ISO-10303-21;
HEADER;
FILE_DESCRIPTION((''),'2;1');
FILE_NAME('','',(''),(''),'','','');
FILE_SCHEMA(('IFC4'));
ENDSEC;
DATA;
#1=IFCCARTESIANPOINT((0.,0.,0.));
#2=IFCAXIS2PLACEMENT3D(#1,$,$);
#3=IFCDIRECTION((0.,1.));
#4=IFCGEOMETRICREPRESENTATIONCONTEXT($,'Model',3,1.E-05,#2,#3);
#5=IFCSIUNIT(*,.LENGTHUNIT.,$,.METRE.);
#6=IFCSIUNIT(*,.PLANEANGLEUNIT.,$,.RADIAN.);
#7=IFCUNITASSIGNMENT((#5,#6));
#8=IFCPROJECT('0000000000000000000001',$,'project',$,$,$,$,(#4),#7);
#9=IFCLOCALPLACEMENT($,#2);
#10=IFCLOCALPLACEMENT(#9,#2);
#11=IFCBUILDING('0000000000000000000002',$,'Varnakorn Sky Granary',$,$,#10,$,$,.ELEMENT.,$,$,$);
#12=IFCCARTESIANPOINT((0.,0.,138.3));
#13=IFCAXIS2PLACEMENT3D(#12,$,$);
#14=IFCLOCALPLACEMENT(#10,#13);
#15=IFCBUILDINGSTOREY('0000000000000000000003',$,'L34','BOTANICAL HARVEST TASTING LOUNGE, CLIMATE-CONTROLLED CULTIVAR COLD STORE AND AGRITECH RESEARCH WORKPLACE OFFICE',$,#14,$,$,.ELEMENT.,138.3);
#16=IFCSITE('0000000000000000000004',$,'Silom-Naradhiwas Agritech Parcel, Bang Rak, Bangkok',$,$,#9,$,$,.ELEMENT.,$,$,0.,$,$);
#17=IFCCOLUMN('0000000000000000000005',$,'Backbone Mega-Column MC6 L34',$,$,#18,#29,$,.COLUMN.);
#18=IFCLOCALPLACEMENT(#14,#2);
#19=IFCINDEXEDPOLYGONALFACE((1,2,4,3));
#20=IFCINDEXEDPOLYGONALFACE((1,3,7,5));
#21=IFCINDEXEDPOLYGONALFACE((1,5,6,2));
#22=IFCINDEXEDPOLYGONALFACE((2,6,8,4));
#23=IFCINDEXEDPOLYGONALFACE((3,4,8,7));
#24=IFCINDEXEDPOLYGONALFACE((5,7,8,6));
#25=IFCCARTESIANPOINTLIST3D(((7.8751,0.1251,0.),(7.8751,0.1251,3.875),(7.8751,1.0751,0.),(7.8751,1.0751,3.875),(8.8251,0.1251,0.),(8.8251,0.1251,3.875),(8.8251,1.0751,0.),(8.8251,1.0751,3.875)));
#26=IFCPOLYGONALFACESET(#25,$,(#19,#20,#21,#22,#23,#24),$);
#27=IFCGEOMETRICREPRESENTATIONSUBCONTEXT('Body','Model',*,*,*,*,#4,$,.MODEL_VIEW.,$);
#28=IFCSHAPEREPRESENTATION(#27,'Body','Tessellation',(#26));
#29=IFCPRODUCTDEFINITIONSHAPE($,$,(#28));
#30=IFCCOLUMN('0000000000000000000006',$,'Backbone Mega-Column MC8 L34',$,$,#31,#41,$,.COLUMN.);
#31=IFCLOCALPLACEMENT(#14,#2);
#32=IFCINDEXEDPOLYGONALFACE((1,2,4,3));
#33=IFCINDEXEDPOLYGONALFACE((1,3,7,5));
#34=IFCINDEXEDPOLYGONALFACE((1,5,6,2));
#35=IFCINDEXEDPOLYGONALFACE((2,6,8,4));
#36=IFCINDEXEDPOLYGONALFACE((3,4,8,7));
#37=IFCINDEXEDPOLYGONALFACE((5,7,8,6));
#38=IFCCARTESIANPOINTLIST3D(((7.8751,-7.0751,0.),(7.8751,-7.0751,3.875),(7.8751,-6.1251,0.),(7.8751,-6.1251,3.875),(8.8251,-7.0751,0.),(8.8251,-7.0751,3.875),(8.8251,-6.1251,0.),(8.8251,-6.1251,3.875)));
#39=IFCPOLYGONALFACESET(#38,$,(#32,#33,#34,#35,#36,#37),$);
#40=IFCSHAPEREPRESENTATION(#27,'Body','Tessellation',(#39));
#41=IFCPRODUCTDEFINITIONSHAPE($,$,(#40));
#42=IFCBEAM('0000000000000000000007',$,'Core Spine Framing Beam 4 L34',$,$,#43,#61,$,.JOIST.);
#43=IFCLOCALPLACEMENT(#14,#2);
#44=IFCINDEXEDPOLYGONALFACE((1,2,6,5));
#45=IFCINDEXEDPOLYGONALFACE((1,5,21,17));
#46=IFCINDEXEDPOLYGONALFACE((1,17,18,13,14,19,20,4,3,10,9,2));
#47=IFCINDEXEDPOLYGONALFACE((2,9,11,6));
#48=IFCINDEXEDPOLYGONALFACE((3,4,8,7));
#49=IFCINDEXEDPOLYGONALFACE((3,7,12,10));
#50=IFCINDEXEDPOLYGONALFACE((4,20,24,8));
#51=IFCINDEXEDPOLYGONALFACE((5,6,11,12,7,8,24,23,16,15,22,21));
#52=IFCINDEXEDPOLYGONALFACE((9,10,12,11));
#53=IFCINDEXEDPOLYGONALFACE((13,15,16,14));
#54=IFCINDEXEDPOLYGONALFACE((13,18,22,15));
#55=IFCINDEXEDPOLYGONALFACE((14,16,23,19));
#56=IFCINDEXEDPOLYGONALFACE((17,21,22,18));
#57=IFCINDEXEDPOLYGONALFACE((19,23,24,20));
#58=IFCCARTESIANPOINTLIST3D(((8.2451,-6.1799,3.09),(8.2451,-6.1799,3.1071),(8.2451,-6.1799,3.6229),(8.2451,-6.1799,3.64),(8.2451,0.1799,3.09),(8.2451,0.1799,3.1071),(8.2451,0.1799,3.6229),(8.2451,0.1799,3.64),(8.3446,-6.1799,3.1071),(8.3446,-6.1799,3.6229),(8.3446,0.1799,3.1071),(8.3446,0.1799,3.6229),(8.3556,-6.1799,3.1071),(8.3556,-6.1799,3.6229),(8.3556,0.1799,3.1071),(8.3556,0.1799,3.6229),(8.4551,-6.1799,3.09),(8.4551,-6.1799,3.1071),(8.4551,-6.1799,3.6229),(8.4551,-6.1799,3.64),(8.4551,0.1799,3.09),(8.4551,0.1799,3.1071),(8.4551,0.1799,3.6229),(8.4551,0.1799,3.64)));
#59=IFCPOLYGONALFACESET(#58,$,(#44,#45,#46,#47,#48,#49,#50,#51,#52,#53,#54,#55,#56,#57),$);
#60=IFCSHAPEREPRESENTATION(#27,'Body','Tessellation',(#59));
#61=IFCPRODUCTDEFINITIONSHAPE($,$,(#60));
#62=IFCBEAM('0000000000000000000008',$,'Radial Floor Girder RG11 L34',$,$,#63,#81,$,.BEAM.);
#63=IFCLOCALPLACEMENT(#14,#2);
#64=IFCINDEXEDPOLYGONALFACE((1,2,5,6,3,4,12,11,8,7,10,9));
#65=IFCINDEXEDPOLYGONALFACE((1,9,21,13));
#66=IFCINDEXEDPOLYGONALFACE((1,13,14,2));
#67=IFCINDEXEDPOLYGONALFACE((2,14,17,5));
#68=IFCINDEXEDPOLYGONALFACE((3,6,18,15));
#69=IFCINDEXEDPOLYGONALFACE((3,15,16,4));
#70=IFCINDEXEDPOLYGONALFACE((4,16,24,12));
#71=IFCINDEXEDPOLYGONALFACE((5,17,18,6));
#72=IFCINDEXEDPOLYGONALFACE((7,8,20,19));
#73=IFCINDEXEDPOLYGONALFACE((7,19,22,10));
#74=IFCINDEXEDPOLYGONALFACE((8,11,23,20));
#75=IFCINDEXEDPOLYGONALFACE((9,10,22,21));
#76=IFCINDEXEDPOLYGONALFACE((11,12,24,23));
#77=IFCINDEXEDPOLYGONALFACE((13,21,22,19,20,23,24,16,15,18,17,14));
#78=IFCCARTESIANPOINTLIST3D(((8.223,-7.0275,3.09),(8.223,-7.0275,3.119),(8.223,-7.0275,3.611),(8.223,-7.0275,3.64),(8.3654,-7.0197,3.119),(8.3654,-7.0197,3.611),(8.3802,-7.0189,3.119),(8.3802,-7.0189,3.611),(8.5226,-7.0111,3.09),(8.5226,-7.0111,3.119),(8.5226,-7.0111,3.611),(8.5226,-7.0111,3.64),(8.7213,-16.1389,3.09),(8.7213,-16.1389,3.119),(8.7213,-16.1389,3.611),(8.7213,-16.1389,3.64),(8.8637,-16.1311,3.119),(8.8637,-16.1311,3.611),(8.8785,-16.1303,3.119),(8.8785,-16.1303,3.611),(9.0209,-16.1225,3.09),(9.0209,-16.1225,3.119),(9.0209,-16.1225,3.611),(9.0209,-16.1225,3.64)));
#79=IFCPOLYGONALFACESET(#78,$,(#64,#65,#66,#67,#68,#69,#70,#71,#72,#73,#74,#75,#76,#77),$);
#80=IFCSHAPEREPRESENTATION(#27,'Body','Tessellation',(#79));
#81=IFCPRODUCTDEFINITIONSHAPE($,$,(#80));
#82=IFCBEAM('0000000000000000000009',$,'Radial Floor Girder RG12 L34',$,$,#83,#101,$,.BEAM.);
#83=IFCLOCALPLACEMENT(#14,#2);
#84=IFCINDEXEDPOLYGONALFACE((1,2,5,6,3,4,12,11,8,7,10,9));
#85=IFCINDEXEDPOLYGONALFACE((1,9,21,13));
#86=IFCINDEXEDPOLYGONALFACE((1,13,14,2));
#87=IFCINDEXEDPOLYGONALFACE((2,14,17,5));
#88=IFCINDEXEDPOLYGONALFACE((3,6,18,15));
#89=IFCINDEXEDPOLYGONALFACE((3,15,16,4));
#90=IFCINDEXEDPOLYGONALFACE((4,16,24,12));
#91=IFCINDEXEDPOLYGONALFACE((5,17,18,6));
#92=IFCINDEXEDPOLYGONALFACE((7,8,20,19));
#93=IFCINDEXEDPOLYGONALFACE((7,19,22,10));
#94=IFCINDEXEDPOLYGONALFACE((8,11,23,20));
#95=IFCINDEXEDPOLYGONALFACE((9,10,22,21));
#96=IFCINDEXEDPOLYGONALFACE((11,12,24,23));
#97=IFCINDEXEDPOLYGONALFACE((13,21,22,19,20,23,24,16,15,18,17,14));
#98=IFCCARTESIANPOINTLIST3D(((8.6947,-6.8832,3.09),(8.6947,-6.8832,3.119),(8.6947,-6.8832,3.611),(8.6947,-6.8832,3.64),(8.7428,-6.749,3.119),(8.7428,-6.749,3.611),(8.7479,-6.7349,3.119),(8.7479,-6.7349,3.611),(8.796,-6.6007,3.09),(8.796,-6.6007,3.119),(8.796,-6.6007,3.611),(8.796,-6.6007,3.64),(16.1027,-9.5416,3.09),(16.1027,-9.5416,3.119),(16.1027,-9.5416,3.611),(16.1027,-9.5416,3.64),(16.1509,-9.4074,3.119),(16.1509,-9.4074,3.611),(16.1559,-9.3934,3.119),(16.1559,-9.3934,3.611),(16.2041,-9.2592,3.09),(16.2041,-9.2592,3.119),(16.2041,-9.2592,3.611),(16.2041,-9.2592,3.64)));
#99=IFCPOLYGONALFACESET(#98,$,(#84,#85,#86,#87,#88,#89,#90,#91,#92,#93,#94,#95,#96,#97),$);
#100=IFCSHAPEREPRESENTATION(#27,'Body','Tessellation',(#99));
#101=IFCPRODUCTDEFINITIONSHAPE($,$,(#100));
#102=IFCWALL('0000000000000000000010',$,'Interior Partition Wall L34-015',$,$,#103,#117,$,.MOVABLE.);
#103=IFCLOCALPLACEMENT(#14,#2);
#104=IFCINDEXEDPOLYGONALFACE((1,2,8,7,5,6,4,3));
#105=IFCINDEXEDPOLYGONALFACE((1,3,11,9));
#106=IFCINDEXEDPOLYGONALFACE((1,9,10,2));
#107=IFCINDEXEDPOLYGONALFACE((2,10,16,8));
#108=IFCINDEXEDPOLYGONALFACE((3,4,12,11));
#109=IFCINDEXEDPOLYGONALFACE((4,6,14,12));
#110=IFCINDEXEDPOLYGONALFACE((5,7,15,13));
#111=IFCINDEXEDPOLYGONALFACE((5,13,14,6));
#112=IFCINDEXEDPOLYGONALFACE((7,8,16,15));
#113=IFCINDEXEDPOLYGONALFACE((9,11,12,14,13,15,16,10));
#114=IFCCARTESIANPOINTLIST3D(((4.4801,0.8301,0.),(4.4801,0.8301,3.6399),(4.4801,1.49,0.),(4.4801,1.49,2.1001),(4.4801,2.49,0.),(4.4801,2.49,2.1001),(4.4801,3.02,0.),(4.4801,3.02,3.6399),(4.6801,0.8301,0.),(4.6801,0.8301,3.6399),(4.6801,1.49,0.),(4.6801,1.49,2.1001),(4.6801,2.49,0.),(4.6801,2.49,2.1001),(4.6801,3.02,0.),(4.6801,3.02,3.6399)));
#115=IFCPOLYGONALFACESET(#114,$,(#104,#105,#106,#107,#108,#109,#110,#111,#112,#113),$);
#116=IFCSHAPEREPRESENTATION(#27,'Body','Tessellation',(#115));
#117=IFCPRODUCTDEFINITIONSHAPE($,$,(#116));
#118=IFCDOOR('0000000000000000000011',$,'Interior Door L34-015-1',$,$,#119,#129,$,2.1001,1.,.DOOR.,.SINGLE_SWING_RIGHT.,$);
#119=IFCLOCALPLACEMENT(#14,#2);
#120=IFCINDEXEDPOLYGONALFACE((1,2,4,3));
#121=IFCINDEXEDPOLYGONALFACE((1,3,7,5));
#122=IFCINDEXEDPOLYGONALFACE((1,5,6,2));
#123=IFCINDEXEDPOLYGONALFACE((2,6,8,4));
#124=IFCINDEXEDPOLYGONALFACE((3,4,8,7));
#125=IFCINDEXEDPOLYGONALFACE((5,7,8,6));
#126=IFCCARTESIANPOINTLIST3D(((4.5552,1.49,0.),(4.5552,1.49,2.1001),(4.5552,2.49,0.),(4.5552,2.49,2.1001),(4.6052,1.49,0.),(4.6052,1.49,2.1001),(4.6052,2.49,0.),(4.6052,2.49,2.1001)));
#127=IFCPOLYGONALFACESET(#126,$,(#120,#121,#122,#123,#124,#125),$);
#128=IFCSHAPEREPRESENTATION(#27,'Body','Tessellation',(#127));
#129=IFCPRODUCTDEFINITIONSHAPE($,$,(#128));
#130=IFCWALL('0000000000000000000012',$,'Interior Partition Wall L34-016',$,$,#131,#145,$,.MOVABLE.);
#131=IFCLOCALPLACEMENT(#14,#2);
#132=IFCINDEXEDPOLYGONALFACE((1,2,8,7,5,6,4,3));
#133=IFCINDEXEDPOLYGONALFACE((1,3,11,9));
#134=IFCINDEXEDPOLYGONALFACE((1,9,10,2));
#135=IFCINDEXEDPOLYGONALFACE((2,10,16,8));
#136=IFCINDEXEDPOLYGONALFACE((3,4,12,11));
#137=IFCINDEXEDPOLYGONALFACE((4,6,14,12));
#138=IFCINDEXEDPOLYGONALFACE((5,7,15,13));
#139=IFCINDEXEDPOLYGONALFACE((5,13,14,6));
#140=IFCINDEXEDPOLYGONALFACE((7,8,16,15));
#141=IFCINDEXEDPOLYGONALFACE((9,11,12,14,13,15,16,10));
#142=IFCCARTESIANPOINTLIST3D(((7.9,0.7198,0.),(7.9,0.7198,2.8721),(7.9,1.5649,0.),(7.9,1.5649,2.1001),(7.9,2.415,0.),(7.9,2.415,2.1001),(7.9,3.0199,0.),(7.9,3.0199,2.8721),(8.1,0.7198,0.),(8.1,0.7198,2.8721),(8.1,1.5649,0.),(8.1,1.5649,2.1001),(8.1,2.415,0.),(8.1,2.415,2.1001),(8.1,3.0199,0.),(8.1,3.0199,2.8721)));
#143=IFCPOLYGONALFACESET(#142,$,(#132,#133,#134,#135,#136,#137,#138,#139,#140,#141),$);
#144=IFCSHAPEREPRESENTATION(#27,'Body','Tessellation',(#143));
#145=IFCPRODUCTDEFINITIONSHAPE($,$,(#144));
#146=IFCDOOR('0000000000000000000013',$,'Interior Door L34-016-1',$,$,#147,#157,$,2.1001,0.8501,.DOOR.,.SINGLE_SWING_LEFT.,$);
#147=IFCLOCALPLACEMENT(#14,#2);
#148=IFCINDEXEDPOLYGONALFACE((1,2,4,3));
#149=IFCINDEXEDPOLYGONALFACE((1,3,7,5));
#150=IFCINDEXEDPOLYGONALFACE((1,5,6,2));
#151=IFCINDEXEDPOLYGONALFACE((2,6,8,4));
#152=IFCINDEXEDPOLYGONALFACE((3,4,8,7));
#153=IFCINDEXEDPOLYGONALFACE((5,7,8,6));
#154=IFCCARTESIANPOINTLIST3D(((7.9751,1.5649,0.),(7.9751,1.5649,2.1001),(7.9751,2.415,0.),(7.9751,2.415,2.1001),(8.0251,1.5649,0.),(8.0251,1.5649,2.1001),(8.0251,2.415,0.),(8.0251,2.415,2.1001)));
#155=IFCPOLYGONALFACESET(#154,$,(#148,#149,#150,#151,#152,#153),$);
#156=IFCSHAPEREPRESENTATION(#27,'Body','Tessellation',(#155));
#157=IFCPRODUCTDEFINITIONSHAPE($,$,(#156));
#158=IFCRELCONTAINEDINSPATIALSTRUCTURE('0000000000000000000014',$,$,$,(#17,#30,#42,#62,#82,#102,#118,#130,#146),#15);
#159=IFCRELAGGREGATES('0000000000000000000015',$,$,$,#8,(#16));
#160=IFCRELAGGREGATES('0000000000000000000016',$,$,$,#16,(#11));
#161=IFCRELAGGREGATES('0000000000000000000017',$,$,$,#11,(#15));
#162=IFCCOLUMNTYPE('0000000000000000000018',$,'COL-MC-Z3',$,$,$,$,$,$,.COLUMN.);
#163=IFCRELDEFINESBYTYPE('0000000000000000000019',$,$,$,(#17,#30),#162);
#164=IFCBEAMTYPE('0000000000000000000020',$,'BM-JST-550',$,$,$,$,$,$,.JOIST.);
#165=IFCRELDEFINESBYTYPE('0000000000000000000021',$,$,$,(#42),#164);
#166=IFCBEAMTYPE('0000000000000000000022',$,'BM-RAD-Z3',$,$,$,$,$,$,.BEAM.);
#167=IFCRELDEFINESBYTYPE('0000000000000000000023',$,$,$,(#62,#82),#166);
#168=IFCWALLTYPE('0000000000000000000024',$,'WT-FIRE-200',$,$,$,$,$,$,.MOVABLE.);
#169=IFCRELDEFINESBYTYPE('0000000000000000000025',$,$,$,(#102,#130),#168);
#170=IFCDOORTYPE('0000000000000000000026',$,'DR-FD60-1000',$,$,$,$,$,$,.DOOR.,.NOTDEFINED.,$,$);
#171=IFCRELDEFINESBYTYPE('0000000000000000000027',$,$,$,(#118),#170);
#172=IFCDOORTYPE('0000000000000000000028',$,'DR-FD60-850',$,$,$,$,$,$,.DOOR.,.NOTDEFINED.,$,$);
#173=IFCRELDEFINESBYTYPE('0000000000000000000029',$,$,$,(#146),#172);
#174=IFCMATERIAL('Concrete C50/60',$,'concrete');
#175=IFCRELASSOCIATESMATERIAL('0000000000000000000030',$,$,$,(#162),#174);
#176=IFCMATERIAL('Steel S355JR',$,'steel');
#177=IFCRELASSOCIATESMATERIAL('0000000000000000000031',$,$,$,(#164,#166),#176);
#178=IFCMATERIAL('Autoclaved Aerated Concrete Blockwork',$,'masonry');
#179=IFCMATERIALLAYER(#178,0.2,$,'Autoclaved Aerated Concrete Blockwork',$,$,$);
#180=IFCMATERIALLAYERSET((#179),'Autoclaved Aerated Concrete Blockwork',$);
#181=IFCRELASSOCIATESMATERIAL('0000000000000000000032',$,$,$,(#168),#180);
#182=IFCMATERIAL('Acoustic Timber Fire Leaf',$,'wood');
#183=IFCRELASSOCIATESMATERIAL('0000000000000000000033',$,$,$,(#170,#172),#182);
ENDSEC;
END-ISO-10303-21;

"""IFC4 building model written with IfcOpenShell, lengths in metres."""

from ifc_helpers import new_model, si_unit, direction, frame, frame_2d, origin, origin_2d, place, context, subcontext, project, spatial, rectangle, i_section, extrude, material, layer, layer_set, material_profile, profile_set, type_object, element, fill, save


model = new_model("IFC4")

# Units and contexts
model_context = context("Model", 3, precision=1e-05, world=origin(), true_north=direction((0.0, 1.0)))
body_context = subcontext(model_context, "Body", "Model", "MODEL_VIEW")
ifc_project = project(units=[si_unit("LENGTHUNIT", "METRE"), si_unit("PLANEANGLEUNIT", "RADIAN")], contexts=[model_context])

# Site, building, storey
site_placement = place(None, origin())
site = spatial("IfcSite", under=ifc_project, at=site_placement, Name="Silom-Naradhiwas Agritech Parcel, Bang Rak, Bangkok", CompositionType="ELEMENT", RefElevation=0.0)
building_placement = place(site_placement, origin())
building = spatial("IfcBuilding", under=site, at=building_placement, Name="Varnakorn Sky Granary", CompositionType="ELEMENT")
storey_placement = place(building_placement, frame((0.0, 0.0, 138.3)))
storey = spatial("IfcBuildingStorey", under=building, at=storey_placement, Name="L34", Description="BOTANICAL HARVEST TASTING LOUNGE, CLIMATE-CONTROLLED CULTIVAR COLD STORE AND AGRITECH RESEARCH WORKPLACE OFFICE", CompositionType="ELEMENT", Elevation=138.3)

# Columns
ifc_material_1 = material(Name="Concrete C50/60", Category="concrete")
ifc_material_profile_1 = material_profile(ifc_material_1, rectangle(XDim=0.95, YDim=0.95, at=origin_2d()), Name="RC 950x950")
ifc_profile_set_1 = profile_set([ifc_material_profile_1], Name="Concrete C50/60")
column_type = type_object("IfcColumnType", Name="COL-MC-Z3", PredefinedType="COLUMN", material=ifc_profile_set_1)
for number, where, z_axis, x_axis, name in (
    (1, (8.3501, 0.6001, 0.0), (0.0, 0.0, 1.0), (1.0, 0.0, 0.0), "Backbone Mega-Column MC6 L34"),
    (2, (8.3501, -6.6001, 0.0), (0.0, 0.0, 1.0), (1.0, 0.0, 0.0), "Backbone Mega-Column MC8 L34"),
):
    element("IfcColumn", number, at=place(storey_placement, frame(where, z_axis=z_axis, x_axis=x_axis)), inside=storey, type_object=column_type, Name=name, PredefinedType="COLUMN", context=body_context, shape_type="SweptSolid", body=[
        extrude(rectangle(XDim=0.95, YDim=0.95, at=origin_2d()), origin(), (0.0, 0.0, 1.0), 3.875),
    ])

# Beams
ifc_material_2 = material(Name="Steel S355JR", Category="steel")
ifc_material_profile_2 = material_profile(ifc_material_2, i_section(OverallWidth=0.21, OverallDepth=0.55, WebThickness=0.011, FlangeThickness=0.0171, at=origin_2d()), Name="IPE 550")
ifc_profile_set_2 = profile_set([ifc_material_profile_2], Name="Steel S355JR")
beam_type_1 = type_object("IfcBeamType", Name="BM-JST-550", PredefinedType="JOIST", material=ifc_profile_set_2)
beam_1_placement = place(storey_placement, frame((8.3501, 0.1799, 3.365), z_axis=(0.0, -1.0, 0.0), x_axis=(1.0, 0.0, 0.0)))
element("IfcBeam", 3, at=beam_1_placement, inside=storey, type_object=beam_type_1, Name="Core Spine Framing Beam 4 L34", PredefinedType="JOIST", context=body_context, shape_type="SweptSolid", body=[
    extrude(i_section(OverallWidth=0.21, OverallDepth=0.55, WebThickness=0.011, FlangeThickness=0.0171, at=origin_2d()), origin(), (0.0, 0.0, 1.0), 6.3599),
])
ifc_material_profile_3 = material_profile(ifc_material_2, i_section(OverallWidth=0.3, OverallDepth=0.55, WebThickness=0.0149, FlangeThickness=0.0291, at=origin_2d()), Name="HE 550 B")
ifc_profile_set_3 = profile_set([ifc_material_profile_3], Name="Steel S355JR")
beam_type_2 = type_object("IfcBeamType", Name="BM-RAD-Z3", PredefinedType="BEAM", material=ifc_profile_set_3)
beam_2_placement = place(storey_placement, frame((8.3728, -7.0193, 3.365), z_axis=(0.054608, -0.998508, 0.0), x_axis=(0.998508, 0.054608, 0.0)))
element("IfcBeam", 4, at=beam_2_placement, inside=storey, type_object=beam_type_2, Name="Radial Floor Girder RG11 L34", PredefinedType="BEAM", context=body_context, shape_type="SweptSolid", body=[
    extrude(i_section(OverallWidth=0.3, OverallDepth=0.55, WebThickness=0.0149, FlangeThickness=0.0291, at=origin_2d()), origin(), (0.0, 0.0, 1.0), 9.125),
])
beam_3_placement = place(storey_placement, frame((8.7454, -6.7419, 3.365), z_axis=(0.941228, -0.337772, 0.0), x_axis=(0.337772, 0.941228, 0.0)))
element("IfcBeam", 5, at=beam_3_placement, inside=storey, type_object=beam_type_2, Name="Radial Floor Girder RG12 L34", PredefinedType="BEAM", context=body_context, shape_type="SweptSolid", body=[
    extrude(i_section(OverallWidth=0.3, OverallDepth=0.55, WebThickness=0.0149, FlangeThickness=0.0291, at=origin_2d()), origin(), (0.0, 0.0, 1.0), 7.8706),
])

# Walls, openings, doors
ifc_material_3 = material(Name="Autoclaved Aerated Concrete Blockwork", Category="masonry")
ifc_layer_1 = layer(ifc_material_3, 0.2, Name="Autoclaved Aerated Concrete Blockwork")
ifc_layer_set_1 = layer_set([ifc_layer_1], Name="Autoclaved Aerated Concrete Blockwork")
wall_type_1 = type_object("IfcWallType", Name="WT-FIRE-200", PredefinedType="MOVABLE", material=ifc_layer_set_1)
wall_1_placement = place(storey_placement, frame((4.5801, 0.8301, 0.0), z_axis=(0.0, 0.0, 1.0), x_axis=(0.0, 1.0, 0.0)))
wall_1 = element("IfcWall", 6, at=wall_1_placement, inside=storey, type_object=wall_type_1, Name="Interior Partition Wall L34-015", PredefinedType="MOVABLE", context=body_context, shape_type="SweptSolid", body=[
    extrude(rectangle(XDim=2.1899, YDim=0.2, at=frame_2d((1.095, 0.0))), origin(), (0.0, 0.0, 1.0), 3.6399),
])
opening_1_placement = place(wall_1_placement, frame((0.6599, 0.0, 0.0)))
opening_1 = element("IfcOpeningElement", 7, at=opening_1_placement, cuts=wall_1, PredefinedType="OPENING", context=body_context, shape_type="SweptSolid", body=[
    extrude(rectangle(XDim=1.0, YDim=2.1001, at=frame_2d((0.5, 1.05))), frame((0.0, 0.1099, 0.0), z_axis=(0.0, -1.0, 0.0), x_axis=(1.0, 0.0, 0.0)), (0.0, 0.0, 1.0), 0.22),
])
ifc_material_4 = material(Name="Acoustic Timber Fire Leaf", Category="wood")
door_type_1 = type_object("IfcDoorType", Name="DR-FD60-1000", OperationType="NOTDEFINED", PredefinedType="DOOR", material=ifc_material_4)
door_1_placement = place(opening_1_placement, origin())
door_1 = element("IfcDoor", 8, at=door_1_placement, inside=storey, type_object=door_type_1, Name="Interior Door L34-015-1", OperationType="SINGLE_SWING_RIGHT", OverallHeight=2.1001, OverallWidth=1.0, PredefinedType="DOOR", context=body_context, shape_type="SweptSolid", body=[
    extrude(rectangle(XDim=1.0, YDim=2.1001, at=frame_2d((0.5, 1.05))), frame((0.0, 0.0249, 0.0), z_axis=(0.0, -1.0, 0.0), x_axis=(1.0, 0.0, 0.0)), (0.0, 0.0, 1.0), 0.05),
])
fill(opening_1, door_1)
wall_2_placement = place(storey_placement, frame((8.0, 0.72, 0.0), z_axis=(0.0, 0.0, 1.0), x_axis=(0.0, 1.0, 0.0)))
wall_2 = element("IfcWall", 9, at=wall_2_placement, inside=storey, type_object=wall_type_1, Name="Interior Partition Wall L34-016", PredefinedType="MOVABLE", context=body_context, shape_type="SweptSolid", body=[
    extrude(rectangle(XDim=2.3, YDim=0.2, at=frame_2d((1.1499, 0.0))), origin(), (0.0, 0.0, 1.0), 2.8721),
])
opening_2_placement = place(wall_2_placement, frame((0.845, 0.0, 0.0)))
opening_2 = element("IfcOpeningElement", 10, at=opening_2_placement, cuts=wall_2, PredefinedType="OPENING", context=body_context, shape_type="SweptSolid", body=[
    extrude(rectangle(XDim=0.8501, YDim=2.1001, at=frame_2d((0.425, 1.05))), frame((0.0, 0.1099, 0.0), z_axis=(0.0, -1.0, 0.0), x_axis=(1.0, 0.0, 0.0)), (0.0, 0.0, 1.0), 0.22),
])
door_type_2 = type_object("IfcDoorType", Name="DR-FD60-850", OperationType="NOTDEFINED", PredefinedType="DOOR", material=ifc_material_4)
door_2_placement = place(opening_2_placement, origin())
door_2 = element("IfcDoor", 11, at=door_2_placement, inside=storey, type_object=door_type_2, Name="Interior Door L34-016-1", OperationType="SINGLE_SWING_LEFT", OverallHeight=2.1001, OverallWidth=0.8501, PredefinedType="DOOR", context=body_context, shape_type="SweptSolid", body=[
    extrude(rectangle(XDim=0.8501, YDim=2.1001, at=frame_2d((0.425, 1.05))), frame((0.0, 0.0249, 0.0), z_axis=(0.0, -1.0, 0.0), x_axis=(1.0, 0.0, 0.0)), (0.0, 0.0, 1.0), 0.05),
])
fill(opening_2, door_2)

save(model, "model.ifc")
